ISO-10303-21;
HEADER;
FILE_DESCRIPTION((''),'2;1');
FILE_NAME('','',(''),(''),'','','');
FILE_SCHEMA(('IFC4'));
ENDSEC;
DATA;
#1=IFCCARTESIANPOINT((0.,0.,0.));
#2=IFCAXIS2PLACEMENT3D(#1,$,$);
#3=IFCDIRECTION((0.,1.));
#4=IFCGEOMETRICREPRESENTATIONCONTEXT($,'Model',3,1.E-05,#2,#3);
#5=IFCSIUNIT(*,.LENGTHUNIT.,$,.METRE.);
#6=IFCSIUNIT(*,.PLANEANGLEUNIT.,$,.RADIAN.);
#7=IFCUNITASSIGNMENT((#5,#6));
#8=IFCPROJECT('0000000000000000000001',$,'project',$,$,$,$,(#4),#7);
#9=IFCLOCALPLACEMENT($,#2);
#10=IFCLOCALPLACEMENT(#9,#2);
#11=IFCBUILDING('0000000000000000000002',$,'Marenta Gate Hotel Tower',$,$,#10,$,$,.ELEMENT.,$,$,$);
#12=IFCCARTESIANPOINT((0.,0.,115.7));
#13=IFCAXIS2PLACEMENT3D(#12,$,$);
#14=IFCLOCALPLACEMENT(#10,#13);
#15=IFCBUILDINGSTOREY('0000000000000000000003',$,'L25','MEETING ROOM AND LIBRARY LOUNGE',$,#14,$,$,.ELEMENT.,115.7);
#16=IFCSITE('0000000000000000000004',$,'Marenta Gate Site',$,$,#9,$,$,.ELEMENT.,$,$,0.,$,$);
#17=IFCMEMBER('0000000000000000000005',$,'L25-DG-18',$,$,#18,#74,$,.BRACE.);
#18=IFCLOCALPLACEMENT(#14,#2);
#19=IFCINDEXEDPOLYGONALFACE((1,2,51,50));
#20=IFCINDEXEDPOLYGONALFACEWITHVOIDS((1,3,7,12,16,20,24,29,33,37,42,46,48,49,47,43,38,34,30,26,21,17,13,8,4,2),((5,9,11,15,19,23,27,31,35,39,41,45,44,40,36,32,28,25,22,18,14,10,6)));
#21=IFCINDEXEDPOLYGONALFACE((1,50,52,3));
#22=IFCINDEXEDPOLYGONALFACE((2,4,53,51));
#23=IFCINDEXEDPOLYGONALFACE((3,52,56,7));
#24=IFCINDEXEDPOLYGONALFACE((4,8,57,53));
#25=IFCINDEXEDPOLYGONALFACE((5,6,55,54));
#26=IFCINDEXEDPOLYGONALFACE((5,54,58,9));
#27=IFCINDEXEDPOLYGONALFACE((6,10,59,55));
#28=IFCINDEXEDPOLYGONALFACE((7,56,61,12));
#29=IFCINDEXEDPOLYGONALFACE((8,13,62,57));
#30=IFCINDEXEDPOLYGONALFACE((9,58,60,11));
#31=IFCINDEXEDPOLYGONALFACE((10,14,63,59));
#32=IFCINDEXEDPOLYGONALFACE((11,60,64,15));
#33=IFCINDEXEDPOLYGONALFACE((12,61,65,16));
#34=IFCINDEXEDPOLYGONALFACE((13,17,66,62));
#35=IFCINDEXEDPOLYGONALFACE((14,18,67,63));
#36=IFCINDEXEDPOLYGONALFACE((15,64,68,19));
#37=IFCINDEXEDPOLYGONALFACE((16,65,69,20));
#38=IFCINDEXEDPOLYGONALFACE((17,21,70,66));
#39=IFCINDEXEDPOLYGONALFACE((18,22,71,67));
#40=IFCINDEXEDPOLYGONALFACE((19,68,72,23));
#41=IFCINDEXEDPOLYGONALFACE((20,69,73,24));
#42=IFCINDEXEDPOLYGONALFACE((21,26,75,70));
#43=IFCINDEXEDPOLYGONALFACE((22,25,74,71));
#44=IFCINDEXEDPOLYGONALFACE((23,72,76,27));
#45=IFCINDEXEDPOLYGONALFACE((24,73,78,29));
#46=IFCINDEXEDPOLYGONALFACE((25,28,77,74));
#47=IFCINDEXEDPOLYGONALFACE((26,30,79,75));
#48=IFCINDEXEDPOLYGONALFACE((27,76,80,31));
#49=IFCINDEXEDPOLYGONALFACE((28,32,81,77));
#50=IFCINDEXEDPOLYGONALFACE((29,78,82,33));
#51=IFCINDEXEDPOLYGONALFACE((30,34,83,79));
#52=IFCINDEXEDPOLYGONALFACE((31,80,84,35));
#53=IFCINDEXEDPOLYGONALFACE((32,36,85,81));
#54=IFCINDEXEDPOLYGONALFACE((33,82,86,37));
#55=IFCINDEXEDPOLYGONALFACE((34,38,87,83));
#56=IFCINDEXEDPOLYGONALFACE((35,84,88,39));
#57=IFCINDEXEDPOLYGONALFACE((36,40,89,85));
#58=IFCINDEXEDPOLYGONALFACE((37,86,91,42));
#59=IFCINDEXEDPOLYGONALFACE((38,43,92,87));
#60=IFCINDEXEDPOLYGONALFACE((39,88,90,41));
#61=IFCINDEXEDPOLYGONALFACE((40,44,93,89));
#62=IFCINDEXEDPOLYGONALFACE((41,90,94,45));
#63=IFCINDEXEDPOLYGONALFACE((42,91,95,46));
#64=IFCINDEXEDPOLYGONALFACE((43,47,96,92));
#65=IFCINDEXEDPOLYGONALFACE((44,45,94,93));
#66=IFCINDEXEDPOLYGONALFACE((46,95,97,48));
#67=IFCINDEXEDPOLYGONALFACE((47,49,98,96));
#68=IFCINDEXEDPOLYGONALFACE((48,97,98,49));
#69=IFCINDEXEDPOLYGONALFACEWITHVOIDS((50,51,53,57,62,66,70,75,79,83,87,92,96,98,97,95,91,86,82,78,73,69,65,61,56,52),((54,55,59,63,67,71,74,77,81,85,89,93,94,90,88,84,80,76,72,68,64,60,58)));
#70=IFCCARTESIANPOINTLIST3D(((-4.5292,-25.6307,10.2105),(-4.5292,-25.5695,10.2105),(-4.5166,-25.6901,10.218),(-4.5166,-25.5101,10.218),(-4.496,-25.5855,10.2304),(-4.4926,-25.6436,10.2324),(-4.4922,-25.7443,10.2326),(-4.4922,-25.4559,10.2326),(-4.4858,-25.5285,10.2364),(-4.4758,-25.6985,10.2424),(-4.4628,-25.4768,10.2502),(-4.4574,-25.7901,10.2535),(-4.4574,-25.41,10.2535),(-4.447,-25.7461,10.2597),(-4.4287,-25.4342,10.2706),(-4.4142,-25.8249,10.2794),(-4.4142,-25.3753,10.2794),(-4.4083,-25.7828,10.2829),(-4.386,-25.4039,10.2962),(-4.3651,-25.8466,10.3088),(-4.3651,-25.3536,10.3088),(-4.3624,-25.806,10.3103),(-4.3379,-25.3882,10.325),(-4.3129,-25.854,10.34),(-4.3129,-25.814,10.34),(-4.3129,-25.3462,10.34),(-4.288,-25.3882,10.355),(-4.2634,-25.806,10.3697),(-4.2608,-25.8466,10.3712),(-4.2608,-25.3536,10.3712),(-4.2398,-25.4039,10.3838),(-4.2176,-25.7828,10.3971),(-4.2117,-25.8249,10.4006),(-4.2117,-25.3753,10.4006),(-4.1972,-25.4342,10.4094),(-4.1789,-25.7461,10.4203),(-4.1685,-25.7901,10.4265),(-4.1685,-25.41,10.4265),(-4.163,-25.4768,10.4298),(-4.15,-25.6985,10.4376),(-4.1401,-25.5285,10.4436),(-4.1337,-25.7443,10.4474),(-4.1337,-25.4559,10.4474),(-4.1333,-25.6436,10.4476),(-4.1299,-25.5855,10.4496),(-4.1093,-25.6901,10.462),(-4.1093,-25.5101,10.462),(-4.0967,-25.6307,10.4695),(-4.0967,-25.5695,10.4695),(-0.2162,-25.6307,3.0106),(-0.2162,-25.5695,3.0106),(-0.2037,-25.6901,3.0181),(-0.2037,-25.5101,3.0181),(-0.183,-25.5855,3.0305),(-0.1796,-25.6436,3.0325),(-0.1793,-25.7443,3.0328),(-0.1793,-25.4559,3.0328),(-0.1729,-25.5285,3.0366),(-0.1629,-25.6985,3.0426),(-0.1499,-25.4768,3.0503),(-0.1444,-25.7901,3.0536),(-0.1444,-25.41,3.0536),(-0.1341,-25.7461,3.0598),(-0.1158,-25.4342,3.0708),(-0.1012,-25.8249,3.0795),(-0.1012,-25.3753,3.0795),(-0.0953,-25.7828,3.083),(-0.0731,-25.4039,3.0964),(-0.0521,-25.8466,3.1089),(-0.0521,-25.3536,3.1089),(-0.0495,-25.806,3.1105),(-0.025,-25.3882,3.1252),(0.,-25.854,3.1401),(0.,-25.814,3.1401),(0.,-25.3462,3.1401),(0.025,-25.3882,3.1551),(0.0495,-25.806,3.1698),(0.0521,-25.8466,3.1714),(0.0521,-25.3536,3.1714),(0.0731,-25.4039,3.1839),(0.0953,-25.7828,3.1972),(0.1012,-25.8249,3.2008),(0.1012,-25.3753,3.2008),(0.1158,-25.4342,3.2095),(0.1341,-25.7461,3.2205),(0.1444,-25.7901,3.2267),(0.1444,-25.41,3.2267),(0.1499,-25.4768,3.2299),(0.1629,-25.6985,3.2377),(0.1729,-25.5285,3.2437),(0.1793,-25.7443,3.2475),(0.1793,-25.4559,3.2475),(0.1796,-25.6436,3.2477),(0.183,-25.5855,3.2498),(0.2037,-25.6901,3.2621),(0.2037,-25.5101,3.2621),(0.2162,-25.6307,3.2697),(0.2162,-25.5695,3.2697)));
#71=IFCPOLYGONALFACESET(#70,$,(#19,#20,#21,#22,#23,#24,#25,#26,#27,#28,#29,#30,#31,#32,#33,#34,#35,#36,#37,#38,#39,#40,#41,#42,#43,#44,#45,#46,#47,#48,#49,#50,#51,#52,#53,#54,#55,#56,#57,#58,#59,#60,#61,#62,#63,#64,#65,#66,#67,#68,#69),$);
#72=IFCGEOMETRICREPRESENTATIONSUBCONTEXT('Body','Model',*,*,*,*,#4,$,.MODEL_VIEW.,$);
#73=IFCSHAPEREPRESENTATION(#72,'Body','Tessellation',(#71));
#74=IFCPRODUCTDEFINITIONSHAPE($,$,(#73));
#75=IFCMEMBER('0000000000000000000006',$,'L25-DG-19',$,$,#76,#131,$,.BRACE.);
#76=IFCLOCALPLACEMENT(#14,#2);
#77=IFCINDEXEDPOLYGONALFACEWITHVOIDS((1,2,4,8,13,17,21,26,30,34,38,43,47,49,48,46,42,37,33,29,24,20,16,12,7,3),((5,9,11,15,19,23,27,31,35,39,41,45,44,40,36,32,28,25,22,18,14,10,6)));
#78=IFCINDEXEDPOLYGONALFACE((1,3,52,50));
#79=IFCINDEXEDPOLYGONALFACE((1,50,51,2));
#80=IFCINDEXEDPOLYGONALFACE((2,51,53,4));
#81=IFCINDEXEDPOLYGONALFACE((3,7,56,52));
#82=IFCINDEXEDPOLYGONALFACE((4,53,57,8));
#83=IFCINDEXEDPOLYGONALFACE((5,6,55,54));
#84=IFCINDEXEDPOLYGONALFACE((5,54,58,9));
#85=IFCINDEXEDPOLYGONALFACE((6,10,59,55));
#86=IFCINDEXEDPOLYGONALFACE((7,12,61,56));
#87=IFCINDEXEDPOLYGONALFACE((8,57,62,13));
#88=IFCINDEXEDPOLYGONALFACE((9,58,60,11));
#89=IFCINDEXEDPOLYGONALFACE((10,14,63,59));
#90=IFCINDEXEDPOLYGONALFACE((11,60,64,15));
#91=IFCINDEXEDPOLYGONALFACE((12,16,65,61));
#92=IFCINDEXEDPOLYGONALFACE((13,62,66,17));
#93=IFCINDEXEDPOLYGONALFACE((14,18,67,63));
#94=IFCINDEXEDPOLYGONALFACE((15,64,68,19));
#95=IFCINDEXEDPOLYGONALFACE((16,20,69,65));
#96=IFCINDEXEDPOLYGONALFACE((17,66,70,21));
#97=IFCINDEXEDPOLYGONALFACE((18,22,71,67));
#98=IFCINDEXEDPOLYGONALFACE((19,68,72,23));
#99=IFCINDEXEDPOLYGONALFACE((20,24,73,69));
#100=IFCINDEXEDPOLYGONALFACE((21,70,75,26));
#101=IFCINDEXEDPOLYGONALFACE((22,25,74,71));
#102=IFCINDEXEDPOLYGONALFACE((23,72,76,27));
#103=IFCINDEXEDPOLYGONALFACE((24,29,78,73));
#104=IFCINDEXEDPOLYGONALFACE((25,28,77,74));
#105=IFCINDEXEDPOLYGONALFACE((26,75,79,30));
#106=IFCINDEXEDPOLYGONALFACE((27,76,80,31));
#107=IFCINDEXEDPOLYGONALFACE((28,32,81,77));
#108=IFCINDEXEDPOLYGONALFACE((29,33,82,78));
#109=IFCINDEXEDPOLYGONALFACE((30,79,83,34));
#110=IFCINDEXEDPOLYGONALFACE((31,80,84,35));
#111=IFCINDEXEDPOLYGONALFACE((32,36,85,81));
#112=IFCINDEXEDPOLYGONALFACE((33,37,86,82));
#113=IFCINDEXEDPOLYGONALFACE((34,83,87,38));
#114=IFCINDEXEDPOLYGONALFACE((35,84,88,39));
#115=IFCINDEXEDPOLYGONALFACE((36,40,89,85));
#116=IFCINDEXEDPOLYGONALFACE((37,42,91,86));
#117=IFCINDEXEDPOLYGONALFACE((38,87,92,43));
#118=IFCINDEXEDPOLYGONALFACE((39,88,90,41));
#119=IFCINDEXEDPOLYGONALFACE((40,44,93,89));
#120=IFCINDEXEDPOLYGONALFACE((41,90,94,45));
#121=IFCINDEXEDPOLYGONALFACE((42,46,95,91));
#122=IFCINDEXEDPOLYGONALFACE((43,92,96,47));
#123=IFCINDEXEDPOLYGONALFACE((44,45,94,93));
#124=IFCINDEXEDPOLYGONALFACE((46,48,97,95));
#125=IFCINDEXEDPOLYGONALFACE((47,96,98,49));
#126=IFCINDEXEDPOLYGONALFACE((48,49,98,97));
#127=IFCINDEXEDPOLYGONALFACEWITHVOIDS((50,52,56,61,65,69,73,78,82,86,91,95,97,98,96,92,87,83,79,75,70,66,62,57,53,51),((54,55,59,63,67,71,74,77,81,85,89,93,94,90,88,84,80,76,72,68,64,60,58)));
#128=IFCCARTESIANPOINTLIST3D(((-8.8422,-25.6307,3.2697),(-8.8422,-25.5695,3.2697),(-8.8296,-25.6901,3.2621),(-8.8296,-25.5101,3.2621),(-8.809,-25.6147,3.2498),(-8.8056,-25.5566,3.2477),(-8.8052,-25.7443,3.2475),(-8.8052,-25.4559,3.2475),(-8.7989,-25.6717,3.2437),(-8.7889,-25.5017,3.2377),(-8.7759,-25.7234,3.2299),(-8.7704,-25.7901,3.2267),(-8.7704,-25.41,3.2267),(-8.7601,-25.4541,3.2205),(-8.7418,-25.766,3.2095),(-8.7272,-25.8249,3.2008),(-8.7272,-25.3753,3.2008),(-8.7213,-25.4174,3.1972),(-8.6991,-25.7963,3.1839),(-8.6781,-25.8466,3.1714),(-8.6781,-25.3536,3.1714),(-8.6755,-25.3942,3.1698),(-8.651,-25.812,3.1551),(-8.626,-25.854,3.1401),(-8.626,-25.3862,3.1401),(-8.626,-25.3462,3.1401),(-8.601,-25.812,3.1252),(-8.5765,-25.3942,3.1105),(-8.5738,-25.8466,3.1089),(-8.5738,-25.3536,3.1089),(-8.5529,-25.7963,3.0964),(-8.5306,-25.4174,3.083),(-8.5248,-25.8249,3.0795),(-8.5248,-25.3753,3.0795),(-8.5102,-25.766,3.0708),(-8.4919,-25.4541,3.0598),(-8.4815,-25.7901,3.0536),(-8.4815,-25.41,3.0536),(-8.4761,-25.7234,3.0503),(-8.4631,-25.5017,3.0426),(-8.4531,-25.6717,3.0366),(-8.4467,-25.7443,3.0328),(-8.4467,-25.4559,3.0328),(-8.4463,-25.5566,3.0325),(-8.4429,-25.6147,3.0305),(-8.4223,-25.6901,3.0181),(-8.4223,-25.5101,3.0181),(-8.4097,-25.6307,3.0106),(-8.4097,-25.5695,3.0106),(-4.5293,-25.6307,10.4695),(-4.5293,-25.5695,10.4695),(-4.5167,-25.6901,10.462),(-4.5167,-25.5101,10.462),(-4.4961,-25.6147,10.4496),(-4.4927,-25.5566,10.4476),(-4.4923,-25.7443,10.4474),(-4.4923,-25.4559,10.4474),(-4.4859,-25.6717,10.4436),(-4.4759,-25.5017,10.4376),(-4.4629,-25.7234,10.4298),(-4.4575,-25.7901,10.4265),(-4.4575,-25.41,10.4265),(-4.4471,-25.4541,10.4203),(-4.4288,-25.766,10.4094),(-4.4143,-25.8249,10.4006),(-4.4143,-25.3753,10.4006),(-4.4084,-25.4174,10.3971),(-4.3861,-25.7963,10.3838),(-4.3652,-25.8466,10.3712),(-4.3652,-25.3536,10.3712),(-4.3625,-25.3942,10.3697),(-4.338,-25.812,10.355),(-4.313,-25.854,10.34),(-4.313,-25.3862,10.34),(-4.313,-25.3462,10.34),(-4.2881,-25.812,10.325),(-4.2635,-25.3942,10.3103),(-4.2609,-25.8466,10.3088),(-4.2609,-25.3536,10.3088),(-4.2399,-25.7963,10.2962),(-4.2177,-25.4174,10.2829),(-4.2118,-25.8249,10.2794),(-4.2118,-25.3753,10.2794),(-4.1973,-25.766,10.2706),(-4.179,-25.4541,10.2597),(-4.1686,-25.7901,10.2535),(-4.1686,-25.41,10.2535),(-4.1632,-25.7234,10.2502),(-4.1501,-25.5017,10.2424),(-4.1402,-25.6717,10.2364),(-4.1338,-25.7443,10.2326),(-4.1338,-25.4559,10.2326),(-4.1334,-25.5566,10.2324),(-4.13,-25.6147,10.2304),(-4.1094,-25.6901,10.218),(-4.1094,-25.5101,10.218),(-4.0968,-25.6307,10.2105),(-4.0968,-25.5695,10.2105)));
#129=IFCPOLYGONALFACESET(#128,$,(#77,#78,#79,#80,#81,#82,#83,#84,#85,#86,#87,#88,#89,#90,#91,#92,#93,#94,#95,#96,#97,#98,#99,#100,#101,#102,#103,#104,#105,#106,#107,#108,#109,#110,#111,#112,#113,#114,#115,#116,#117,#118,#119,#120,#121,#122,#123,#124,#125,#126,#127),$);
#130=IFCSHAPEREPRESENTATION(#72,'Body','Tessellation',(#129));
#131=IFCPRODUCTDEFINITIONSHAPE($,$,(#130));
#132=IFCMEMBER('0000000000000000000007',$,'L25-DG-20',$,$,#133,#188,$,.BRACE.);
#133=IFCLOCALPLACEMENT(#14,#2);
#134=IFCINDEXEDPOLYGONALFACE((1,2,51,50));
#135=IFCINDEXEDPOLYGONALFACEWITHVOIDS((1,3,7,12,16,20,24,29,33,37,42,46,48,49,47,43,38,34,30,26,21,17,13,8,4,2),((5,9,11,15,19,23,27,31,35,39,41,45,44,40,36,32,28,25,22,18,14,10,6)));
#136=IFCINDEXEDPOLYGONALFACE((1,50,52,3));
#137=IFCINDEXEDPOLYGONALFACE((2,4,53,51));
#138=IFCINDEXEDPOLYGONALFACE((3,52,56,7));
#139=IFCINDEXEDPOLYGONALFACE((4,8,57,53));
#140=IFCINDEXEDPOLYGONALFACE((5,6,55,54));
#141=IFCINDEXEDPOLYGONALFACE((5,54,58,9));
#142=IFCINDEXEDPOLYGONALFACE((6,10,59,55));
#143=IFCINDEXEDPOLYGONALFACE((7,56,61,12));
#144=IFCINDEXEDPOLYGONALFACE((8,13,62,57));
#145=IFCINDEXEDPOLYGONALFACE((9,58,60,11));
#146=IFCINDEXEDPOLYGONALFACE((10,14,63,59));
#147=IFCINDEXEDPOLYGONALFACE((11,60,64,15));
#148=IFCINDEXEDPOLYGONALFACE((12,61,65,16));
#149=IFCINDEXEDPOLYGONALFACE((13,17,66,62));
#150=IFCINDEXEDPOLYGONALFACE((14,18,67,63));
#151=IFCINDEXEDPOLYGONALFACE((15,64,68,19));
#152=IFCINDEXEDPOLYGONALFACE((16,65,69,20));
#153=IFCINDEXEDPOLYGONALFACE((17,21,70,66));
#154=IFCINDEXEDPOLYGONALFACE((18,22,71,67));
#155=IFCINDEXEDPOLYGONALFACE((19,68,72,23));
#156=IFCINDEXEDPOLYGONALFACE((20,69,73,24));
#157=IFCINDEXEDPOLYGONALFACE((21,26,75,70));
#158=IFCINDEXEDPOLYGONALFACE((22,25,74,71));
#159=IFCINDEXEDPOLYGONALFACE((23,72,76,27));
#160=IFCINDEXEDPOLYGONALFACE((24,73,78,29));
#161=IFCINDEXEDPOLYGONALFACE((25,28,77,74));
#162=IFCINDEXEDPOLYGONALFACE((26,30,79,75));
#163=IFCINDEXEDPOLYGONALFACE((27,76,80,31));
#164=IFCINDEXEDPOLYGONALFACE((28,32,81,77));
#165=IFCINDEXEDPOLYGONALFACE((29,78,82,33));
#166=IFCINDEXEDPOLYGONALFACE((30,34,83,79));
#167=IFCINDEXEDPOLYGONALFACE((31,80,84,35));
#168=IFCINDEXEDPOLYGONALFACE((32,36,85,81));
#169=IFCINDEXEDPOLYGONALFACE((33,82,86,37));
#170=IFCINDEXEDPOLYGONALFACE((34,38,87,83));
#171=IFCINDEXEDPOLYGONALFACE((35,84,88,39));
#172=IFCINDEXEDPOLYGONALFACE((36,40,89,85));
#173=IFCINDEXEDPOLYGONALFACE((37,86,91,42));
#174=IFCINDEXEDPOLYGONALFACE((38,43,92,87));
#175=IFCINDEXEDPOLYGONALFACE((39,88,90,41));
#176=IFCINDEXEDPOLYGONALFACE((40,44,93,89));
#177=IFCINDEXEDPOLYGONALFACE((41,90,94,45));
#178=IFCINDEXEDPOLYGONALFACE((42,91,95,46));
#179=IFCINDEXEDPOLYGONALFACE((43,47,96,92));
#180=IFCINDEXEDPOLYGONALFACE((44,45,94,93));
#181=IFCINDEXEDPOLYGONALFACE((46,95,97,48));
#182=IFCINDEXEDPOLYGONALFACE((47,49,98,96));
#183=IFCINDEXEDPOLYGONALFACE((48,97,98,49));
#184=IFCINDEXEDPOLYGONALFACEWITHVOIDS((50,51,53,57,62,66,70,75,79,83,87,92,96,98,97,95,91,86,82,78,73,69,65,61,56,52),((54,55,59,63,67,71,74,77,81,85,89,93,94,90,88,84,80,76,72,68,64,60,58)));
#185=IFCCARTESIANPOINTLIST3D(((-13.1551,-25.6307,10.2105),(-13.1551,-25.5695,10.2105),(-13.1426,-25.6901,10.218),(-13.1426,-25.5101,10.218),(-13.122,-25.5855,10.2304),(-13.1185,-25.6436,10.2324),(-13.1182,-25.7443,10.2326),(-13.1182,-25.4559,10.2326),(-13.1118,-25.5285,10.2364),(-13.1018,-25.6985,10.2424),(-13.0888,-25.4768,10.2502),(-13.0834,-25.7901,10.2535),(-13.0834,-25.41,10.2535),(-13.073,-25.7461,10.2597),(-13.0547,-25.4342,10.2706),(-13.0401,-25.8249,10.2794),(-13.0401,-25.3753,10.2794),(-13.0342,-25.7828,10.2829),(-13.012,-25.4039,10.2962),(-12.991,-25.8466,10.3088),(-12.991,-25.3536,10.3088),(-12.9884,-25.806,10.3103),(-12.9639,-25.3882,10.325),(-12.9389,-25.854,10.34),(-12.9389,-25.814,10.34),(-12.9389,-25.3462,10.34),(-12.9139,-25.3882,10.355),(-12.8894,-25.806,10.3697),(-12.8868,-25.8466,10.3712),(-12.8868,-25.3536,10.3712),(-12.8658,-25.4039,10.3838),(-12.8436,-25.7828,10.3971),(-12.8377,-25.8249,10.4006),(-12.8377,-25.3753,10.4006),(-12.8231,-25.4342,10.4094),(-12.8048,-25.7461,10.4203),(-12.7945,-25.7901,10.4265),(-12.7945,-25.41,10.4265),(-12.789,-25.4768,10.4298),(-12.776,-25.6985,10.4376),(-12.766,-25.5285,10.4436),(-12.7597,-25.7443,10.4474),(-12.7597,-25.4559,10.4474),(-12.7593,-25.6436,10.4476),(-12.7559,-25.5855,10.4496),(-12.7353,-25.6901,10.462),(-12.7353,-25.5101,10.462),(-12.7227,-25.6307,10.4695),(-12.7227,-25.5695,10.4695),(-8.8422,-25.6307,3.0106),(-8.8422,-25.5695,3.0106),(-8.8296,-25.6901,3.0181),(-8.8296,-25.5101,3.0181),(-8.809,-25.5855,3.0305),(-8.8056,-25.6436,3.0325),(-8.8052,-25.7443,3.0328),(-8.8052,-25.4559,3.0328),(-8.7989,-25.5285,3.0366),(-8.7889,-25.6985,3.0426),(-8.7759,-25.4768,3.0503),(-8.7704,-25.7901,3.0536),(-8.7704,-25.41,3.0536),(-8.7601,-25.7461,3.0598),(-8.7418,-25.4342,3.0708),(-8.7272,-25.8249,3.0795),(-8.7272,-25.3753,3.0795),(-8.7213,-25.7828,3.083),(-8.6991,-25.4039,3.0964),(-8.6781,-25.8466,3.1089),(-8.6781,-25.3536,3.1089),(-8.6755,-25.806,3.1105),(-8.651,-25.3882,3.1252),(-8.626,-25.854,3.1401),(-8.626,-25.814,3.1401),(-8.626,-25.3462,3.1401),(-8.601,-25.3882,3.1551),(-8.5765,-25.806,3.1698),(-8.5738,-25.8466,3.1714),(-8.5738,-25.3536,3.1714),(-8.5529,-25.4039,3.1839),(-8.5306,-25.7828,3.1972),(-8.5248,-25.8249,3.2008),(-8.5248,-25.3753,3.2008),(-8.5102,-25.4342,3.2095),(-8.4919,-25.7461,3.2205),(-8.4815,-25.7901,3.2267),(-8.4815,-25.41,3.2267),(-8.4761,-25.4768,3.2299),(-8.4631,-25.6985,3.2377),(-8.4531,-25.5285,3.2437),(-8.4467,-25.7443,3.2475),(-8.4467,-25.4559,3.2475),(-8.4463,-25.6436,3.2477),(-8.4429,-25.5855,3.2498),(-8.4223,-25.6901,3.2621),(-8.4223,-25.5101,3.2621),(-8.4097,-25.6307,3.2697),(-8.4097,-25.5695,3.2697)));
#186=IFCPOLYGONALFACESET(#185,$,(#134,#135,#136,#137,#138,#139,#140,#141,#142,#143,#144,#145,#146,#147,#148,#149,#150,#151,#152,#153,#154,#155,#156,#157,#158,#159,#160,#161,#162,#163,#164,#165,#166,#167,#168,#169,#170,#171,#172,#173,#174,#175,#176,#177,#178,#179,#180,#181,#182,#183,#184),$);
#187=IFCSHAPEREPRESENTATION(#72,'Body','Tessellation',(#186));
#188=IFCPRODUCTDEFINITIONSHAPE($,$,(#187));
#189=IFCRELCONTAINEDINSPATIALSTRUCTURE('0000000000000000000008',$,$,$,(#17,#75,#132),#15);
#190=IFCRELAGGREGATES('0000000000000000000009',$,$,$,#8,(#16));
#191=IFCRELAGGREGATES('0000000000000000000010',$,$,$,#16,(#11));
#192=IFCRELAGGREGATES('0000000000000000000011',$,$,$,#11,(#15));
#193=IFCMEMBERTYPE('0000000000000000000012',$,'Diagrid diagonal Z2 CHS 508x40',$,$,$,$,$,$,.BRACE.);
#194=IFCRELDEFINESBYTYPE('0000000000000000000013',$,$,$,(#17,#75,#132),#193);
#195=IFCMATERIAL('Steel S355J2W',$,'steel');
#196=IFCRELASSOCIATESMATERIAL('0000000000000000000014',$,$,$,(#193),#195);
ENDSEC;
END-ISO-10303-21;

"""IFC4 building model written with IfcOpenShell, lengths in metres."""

from ifc_helpers import new_model, si_unit, direction, frame, origin, origin_2d, place, context, subcontext, project, spatial, hollow_circle, extrude, material, material_profile, profile_set, type_object, element, save


model = new_model("IFC4")

# Units and contexts
model_context = context("Model", 3, precision=1e-05, world=origin(), true_north=direction((0.0, 1.0)))
body_context = subcontext(model_context, "Body", "Model", "MODEL_VIEW")
ifc_project = project(units=[si_unit("LENGTHUNIT", "METRE"), si_unit("PLANEANGLEUNIT", "RADIAN")], contexts=[model_context])

# Site, building, storey
site_placement = place(None, origin())
site = spatial("IfcSite", under=ifc_project, at=site_placement, Name="Marenta Gate Site", CompositionType="ELEMENT", RefElevation=0.0)
building_placement = place(site_placement, origin())
building = spatial("IfcBuilding", under=site, at=building_placement, Name="Marenta Gate Hotel Tower", CompositionType="ELEMENT")
storey_placement = place(building_placement, frame((0.0, 0.0, 115.7)))
storey = spatial("IfcBuildingStorey", under=building, at=storey_placement, Name="L25", Description="MEETING ROOM AND LIBRARY LOUNGE", CompositionType="ELEMENT", Elevation=115.7)

# Members
ifc_material_1 = material(Name="Steel S355J2W", Category="steel")
ifc_material_profile_1 = material_profile(ifc_material_1, hollow_circle(Radius=0.2539, WallThickness=0.04, at=origin_2d()), Name="CHS 508x40")
ifc_profile_set_1 = profile_set([ifc_material_profile_1], Name="Steel S355J2W")
member_type_1 = type_object("IfcMemberType", Name="Diagrid diagonal Z2 CHS 508x40", PredefinedType="BRACE", material=ifc_profile_set_1)
for number, where, z_axis, x_axis, name in (
    (1, (0.0, -25.6001, 3.1401), (-0.513884, 0.0, 0.85786), (0.0, -1.0, 0.0), "L25-DG-18"),
    (2, (-8.626, -25.6001, 3.1401), (0.513884, 0.0, 0.85786), (0.0, 1.0, 0.0), "L25-DG-19"),
    (3, (-8.626, -25.6001, 3.1401), (-0.513884, 0.0, 0.85786), (0.0, -1.0, 0.0), "L25-DG-20"),
):
    element("IfcMember", number, at=place(storey_placement, frame(where, z_axis=z_axis, x_axis=x_axis)), inside=storey, type_object=member_type_1, Name=name, PredefinedType="BRACE", context=body_context, shape_type="SweptSolid", body=[
        extrude(hollow_circle(Radius=0.2539, WallThickness=0.04, at=origin_2d()), origin(), (0.0, 0.0, 1.0), 8.3928),
    ])

save(model, "model.ifc")
